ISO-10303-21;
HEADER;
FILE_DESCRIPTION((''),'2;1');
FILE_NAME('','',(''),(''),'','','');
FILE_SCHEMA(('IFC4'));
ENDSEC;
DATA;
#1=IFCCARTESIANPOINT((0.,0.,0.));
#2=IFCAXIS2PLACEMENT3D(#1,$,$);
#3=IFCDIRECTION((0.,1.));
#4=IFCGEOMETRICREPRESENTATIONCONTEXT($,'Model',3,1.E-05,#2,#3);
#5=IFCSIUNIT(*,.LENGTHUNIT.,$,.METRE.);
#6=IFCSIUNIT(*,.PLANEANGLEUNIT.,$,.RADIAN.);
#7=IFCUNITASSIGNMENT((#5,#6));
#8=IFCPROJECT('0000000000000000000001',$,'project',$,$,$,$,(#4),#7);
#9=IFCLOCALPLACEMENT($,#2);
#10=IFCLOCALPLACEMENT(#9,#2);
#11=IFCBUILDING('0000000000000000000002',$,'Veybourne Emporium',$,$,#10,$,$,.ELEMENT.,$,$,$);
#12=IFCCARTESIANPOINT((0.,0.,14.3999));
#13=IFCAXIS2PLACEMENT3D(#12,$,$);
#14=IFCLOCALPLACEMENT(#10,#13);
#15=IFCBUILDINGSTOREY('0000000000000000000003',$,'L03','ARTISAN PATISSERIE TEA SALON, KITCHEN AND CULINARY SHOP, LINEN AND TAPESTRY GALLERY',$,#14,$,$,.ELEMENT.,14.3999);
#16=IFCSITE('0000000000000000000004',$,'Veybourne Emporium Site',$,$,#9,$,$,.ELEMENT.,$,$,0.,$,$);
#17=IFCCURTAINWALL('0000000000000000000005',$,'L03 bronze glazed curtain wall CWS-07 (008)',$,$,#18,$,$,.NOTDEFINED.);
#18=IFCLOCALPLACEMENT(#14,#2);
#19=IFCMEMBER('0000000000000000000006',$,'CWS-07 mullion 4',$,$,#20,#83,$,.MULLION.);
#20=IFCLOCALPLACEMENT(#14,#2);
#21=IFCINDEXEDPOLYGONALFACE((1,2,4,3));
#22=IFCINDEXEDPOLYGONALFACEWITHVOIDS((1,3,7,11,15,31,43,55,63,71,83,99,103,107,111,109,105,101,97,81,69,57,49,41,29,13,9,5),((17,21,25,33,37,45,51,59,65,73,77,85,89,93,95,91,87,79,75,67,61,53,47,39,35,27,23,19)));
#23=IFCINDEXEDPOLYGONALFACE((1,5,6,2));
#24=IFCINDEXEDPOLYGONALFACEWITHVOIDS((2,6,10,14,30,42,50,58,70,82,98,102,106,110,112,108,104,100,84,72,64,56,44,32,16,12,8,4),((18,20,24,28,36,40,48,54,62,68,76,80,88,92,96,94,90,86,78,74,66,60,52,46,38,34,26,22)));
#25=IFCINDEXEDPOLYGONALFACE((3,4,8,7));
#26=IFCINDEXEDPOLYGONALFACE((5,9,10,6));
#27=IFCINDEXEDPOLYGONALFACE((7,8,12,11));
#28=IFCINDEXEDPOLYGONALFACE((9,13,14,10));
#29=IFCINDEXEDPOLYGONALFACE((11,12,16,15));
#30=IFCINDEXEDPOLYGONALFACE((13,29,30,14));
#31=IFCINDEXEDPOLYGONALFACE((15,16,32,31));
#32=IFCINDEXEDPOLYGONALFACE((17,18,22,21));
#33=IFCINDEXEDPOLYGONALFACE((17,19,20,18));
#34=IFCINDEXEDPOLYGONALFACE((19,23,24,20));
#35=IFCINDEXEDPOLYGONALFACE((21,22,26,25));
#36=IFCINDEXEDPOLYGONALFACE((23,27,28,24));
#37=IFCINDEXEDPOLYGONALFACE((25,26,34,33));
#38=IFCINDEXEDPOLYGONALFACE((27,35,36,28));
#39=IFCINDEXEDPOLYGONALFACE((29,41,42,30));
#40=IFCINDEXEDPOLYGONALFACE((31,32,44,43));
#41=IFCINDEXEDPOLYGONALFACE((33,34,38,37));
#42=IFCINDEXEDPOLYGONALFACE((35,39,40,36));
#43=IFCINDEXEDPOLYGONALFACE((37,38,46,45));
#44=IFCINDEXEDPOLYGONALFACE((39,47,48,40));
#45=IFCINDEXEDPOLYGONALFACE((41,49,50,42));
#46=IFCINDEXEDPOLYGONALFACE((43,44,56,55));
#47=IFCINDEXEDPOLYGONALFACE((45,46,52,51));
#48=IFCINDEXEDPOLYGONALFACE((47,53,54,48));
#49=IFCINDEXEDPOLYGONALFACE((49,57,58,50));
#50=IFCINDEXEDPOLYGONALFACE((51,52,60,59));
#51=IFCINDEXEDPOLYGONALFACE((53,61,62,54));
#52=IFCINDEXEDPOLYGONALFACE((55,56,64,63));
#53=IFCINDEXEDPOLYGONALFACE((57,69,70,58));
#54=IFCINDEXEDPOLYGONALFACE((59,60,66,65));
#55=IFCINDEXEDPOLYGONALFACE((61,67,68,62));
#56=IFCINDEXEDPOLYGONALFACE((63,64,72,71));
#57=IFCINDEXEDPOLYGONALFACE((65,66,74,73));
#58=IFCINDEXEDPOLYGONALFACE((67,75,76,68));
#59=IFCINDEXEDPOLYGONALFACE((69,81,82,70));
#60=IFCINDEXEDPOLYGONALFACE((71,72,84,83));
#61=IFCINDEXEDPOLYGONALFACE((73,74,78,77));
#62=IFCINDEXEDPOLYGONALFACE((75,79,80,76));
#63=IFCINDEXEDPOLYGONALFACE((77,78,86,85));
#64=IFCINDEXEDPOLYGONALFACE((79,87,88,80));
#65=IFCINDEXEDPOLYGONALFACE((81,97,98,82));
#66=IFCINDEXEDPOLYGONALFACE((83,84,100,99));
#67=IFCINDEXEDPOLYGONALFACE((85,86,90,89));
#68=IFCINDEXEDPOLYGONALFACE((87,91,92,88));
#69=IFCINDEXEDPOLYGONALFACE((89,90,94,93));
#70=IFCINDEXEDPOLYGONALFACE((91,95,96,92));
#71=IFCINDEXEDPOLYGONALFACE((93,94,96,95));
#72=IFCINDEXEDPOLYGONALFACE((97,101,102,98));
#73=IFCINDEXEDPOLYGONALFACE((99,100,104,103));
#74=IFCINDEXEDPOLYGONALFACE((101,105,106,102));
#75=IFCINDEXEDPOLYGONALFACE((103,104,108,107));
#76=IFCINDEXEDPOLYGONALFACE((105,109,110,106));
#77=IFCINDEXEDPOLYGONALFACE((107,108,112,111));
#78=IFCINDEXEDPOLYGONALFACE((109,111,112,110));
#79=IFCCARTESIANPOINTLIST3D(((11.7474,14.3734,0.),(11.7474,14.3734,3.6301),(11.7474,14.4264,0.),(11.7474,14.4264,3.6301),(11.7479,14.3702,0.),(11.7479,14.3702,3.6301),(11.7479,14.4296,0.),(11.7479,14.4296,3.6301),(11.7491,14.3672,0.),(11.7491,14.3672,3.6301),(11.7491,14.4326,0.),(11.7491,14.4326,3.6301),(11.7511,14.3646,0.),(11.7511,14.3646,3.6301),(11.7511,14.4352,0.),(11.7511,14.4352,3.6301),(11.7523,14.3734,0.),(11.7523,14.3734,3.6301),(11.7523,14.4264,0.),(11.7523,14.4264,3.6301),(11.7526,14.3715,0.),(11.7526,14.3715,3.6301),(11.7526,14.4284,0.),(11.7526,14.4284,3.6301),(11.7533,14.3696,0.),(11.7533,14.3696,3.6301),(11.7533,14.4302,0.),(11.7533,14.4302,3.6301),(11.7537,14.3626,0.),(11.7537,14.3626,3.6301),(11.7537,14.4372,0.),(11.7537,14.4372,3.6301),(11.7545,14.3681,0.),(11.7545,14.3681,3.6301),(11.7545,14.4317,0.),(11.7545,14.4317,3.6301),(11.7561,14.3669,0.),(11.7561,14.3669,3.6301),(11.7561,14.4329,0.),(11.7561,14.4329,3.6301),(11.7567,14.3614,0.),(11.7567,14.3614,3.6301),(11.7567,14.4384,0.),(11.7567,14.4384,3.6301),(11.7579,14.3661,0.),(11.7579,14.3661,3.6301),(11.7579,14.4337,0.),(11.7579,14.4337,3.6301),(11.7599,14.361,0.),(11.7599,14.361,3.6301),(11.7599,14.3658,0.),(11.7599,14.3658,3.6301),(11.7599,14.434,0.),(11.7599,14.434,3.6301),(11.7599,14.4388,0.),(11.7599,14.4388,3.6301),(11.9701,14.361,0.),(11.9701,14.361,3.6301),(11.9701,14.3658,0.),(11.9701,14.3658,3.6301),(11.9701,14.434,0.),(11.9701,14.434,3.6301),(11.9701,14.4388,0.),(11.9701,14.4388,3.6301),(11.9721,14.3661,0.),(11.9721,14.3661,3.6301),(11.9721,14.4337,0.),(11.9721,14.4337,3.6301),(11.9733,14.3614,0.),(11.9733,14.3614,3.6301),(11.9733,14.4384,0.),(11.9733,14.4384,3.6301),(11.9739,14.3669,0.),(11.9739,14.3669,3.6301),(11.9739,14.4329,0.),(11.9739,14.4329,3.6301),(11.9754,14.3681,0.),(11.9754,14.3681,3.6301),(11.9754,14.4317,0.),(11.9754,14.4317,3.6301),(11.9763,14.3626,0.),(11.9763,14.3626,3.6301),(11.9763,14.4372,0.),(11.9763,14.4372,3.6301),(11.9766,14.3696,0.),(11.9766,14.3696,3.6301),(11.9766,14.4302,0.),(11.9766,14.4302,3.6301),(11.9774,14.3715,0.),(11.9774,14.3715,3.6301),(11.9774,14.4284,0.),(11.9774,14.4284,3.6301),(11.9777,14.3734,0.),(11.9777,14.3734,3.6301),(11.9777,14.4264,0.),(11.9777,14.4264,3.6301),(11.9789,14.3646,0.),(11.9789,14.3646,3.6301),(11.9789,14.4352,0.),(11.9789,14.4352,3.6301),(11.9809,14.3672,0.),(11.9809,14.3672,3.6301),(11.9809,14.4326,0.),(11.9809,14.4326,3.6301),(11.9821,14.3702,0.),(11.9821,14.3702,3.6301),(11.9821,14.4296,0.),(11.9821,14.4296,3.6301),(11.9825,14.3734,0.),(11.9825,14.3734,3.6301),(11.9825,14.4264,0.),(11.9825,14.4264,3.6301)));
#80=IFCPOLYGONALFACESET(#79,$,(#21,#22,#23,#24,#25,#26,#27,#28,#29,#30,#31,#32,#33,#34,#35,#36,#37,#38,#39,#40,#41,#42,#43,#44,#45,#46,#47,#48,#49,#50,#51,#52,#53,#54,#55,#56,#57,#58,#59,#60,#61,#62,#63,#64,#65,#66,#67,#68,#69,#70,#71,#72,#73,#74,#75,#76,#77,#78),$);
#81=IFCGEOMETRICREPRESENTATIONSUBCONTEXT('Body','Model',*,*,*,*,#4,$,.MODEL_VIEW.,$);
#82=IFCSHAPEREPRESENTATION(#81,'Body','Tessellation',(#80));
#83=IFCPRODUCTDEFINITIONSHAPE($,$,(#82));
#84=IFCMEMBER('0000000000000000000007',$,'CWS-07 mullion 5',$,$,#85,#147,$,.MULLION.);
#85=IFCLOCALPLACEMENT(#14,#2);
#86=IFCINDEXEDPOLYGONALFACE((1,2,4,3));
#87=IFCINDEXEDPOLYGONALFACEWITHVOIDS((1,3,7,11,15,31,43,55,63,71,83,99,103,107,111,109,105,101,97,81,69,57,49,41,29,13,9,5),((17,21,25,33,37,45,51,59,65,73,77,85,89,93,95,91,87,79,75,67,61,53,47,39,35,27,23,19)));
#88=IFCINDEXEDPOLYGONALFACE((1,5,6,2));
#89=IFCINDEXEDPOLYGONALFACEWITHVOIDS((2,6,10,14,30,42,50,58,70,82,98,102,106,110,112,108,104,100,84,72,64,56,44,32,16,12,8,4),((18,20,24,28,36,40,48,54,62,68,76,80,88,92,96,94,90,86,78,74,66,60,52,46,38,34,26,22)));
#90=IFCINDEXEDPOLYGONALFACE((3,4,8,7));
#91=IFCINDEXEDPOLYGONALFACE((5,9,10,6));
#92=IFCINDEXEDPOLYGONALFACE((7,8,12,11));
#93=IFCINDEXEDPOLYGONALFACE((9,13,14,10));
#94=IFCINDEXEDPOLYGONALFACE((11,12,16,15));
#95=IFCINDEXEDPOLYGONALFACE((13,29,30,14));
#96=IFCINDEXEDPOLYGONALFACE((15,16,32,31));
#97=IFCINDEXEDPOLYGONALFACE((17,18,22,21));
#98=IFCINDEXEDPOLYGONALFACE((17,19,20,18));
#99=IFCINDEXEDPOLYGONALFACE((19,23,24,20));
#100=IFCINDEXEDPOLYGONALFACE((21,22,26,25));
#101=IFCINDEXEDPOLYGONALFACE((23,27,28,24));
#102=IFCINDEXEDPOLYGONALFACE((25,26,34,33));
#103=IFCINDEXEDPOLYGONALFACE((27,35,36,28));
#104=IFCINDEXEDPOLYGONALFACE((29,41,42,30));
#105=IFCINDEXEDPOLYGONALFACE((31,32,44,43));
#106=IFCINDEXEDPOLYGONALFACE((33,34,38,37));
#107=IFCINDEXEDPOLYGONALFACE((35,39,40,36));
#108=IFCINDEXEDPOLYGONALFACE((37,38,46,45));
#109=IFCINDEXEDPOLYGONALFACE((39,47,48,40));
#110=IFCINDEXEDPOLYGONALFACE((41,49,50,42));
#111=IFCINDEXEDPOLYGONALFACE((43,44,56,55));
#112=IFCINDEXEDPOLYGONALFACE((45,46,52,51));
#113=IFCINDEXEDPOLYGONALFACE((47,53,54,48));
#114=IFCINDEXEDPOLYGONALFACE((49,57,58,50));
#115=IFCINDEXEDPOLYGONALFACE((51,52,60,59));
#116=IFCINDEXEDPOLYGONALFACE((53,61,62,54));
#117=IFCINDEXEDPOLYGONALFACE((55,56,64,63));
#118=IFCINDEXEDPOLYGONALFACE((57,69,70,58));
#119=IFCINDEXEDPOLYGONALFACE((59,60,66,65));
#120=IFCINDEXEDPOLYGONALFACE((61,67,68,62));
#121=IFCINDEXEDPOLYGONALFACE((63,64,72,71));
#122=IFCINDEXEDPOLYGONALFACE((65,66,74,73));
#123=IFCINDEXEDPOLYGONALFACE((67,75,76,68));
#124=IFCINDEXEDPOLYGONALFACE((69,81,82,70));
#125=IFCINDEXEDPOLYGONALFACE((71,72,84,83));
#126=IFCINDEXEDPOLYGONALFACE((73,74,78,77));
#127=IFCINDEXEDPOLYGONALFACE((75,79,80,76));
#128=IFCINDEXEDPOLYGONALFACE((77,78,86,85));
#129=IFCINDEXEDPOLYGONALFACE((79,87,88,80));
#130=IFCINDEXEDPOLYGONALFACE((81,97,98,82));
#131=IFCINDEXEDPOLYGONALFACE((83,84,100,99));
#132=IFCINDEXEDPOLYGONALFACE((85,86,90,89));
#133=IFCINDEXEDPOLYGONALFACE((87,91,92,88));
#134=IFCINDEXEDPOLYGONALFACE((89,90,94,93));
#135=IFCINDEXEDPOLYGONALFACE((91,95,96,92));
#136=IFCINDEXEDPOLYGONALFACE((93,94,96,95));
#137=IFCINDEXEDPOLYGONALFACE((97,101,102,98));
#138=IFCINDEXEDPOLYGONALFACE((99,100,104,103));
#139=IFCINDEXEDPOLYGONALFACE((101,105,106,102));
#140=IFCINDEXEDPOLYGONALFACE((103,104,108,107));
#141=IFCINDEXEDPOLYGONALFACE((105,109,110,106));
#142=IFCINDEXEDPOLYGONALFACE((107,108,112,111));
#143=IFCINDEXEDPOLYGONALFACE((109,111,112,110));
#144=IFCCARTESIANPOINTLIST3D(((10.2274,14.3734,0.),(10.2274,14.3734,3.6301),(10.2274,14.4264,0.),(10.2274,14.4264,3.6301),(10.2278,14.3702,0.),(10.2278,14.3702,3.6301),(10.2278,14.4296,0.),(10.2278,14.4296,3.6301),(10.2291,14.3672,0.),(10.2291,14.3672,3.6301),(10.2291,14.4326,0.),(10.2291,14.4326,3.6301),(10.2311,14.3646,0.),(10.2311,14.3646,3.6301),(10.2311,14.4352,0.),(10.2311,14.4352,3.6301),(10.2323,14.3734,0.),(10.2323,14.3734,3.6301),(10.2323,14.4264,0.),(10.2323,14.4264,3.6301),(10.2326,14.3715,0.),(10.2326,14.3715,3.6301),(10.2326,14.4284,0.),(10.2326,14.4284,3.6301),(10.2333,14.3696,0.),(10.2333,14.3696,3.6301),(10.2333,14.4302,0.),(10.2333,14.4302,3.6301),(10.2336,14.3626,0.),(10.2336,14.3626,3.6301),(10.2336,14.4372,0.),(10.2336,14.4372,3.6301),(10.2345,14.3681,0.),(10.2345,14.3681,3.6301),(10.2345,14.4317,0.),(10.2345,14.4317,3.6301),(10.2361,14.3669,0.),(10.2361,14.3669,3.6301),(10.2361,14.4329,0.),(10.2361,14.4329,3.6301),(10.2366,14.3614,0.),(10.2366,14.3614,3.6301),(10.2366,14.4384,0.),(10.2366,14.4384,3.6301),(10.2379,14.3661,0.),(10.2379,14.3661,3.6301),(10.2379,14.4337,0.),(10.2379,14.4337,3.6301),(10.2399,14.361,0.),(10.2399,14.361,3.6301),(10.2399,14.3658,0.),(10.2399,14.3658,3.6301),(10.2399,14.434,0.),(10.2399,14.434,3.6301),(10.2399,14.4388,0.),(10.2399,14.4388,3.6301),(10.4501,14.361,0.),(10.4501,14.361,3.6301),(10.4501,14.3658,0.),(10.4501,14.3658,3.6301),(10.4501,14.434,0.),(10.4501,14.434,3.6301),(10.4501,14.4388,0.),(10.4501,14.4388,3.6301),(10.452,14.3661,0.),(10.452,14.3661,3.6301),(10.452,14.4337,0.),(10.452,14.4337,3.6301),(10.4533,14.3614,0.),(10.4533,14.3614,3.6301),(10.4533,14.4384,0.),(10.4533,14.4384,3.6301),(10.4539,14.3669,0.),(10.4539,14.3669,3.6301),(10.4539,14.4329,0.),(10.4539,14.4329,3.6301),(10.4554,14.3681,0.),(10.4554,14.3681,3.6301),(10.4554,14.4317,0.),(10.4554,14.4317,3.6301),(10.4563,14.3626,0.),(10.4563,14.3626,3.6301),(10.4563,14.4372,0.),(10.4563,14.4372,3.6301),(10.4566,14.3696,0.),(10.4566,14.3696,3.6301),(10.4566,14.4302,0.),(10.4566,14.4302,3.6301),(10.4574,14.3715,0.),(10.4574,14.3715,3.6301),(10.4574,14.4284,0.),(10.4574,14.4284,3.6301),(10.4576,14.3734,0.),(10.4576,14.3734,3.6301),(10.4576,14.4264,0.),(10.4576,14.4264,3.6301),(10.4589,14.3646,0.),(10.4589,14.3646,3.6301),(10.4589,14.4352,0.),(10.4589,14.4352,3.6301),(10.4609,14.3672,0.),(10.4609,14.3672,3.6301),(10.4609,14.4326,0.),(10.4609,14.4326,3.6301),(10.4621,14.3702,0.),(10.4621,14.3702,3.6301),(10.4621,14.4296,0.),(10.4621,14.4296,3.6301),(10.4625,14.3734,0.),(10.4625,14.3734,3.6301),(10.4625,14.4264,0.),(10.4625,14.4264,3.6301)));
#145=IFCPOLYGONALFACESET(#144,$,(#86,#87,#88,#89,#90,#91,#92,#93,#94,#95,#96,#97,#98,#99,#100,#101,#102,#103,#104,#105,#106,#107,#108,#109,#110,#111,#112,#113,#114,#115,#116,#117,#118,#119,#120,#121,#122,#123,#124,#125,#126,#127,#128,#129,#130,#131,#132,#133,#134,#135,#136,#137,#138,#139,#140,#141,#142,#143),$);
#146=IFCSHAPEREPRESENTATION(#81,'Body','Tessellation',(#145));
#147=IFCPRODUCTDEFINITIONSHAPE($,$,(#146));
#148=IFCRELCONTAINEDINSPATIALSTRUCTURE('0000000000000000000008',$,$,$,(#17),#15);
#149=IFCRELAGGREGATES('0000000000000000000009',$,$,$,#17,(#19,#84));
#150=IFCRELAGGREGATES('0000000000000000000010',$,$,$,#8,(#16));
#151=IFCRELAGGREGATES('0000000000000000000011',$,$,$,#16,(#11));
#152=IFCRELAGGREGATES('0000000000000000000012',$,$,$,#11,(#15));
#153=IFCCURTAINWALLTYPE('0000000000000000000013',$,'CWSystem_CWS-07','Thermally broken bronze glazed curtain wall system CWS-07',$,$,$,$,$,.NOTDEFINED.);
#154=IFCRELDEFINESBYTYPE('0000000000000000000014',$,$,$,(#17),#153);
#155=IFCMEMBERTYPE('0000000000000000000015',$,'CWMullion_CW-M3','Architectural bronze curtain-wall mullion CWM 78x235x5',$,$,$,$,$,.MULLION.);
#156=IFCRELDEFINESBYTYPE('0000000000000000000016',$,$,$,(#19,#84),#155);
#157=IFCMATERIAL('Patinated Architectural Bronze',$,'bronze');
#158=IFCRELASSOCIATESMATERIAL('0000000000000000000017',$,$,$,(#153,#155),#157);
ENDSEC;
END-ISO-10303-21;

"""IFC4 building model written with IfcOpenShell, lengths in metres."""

from ifc_helpers import new_model, si_unit, direction, frame, origin, origin_2d, place, context, subcontext, project, spatial, hollow_rectangle, extrude, material, material_profile, profile_set, type_object, element, aggregate, save


model = new_model("IFC4")

# Units and contexts
model_context = context("Model", 3, precision=1e-05, world=origin(), true_north=direction((0.0, 1.0)))
body_context = subcontext(model_context, "Body", "Model", "MODEL_VIEW")
ifc_project = project(units=[si_unit("LENGTHUNIT", "METRE"), si_unit("PLANEANGLEUNIT", "RADIAN")], contexts=[model_context])

# Site, building, storey
site_placement = place(None, origin())
site = spatial("IfcSite", under=ifc_project, at=site_placement, Name="Veybourne Emporium Site", CompositionType="ELEMENT", RefElevation=0.0)
building_placement = place(site_placement, origin())
building = spatial("IfcBuilding", under=site, at=building_placement, Name="Veybourne Emporium", CompositionType="ELEMENT")
storey_placement = place(building_placement, frame((0.0, 0.0, 14.3999)))
storey = spatial("IfcBuildingStorey", under=building, at=storey_placement, Name="L03", Description="ARTISAN PATISSERIE TEA SALON, KITCHEN AND CULINARY SHOP, LINEN AND TAPESTRY GALLERY", CompositionType="ELEMENT", Elevation=14.3999)

# Shared definitions
ifc_material_1 = material(Name="Patinated Architectural Bronze", Category="bronze")

# Curtain wall, members
curtain_wall_type_1 = type_object("IfcCurtainWallType", Name="CWSystem_CWS-07", Description="Thermally broken bronze glazed curtain wall system CWS-07", PredefinedType="NOTDEFINED", material=ifc_material_1)
curtain_wall_1_placement = place(storey_placement, origin())
curtain_wall_1 = element("IfcCurtainWall", 1, at=curtain_wall_1_placement, inside=storey, type_object=curtain_wall_type_1, Name="L03 bronze glazed curtain wall CWS-07 (008)", PredefinedType="NOTDEFINED")
ifc_material_profile_1 = material_profile(ifc_material_1, hollow_rectangle(XDim=0.0779, YDim=0.2351, WallThickness=0.0049, InnerFilletRadius=0.0076, OuterFilletRadius=0.0125, at=origin_2d()), Name="CWM 78x235x5")
ifc_profile_set_1 = profile_set([ifc_material_profile_1], Name="Patinated Architectural Bronze")
member_type_1 = type_object("IfcMemberType", Name="CWMullion_CW-M3", Description="Architectural bronze curtain-wall mullion CWM 78x235x5", PredefinedType="MULLION", material=ifc_profile_set_1)
member_1_placement = place(storey_placement, frame((11.865, 14.3999, 0.0), z_axis=(0.0, 0.0, 1.0), x_axis=(0.0, -1.0, 0.0)))
member_1 = element("IfcMember", 2, at=member_1_placement, type_object=member_type_1, Name="CWS-07 mullion 4", PredefinedType="MULLION", context=body_context, shape_type="SweptSolid", body=[
    extrude(hollow_rectangle(XDim=0.0779, YDim=0.2351, WallThickness=0.0049, InnerFilletRadius=0.0076, OuterFilletRadius=0.0125, at=origin_2d()), origin(), (0.0, 0.0, 1.0), 3.6301),
])
member_2_placement = place(storey_placement, frame((10.345, 14.3999, 0.0), z_axis=(0.0, 0.0, 1.0), x_axis=(0.0, -1.0, 0.0)))
member_2 = element("IfcMember", 3, at=member_2_placement, type_object=member_type_1, Name="CWS-07 mullion 5", PredefinedType="MULLION", context=body_context, shape_type="SweptSolid", body=[
    extrude(hollow_rectangle(XDim=0.0779, YDim=0.2351, WallThickness=0.0049, InnerFilletRadius=0.0076, OuterFilletRadius=0.0125, at=origin_2d()), origin(), (0.0, 0.0, 1.0), 3.6301),
])

aggregate(curtain_wall_1, [member_1, member_2])

save(model, "model.ifc")
